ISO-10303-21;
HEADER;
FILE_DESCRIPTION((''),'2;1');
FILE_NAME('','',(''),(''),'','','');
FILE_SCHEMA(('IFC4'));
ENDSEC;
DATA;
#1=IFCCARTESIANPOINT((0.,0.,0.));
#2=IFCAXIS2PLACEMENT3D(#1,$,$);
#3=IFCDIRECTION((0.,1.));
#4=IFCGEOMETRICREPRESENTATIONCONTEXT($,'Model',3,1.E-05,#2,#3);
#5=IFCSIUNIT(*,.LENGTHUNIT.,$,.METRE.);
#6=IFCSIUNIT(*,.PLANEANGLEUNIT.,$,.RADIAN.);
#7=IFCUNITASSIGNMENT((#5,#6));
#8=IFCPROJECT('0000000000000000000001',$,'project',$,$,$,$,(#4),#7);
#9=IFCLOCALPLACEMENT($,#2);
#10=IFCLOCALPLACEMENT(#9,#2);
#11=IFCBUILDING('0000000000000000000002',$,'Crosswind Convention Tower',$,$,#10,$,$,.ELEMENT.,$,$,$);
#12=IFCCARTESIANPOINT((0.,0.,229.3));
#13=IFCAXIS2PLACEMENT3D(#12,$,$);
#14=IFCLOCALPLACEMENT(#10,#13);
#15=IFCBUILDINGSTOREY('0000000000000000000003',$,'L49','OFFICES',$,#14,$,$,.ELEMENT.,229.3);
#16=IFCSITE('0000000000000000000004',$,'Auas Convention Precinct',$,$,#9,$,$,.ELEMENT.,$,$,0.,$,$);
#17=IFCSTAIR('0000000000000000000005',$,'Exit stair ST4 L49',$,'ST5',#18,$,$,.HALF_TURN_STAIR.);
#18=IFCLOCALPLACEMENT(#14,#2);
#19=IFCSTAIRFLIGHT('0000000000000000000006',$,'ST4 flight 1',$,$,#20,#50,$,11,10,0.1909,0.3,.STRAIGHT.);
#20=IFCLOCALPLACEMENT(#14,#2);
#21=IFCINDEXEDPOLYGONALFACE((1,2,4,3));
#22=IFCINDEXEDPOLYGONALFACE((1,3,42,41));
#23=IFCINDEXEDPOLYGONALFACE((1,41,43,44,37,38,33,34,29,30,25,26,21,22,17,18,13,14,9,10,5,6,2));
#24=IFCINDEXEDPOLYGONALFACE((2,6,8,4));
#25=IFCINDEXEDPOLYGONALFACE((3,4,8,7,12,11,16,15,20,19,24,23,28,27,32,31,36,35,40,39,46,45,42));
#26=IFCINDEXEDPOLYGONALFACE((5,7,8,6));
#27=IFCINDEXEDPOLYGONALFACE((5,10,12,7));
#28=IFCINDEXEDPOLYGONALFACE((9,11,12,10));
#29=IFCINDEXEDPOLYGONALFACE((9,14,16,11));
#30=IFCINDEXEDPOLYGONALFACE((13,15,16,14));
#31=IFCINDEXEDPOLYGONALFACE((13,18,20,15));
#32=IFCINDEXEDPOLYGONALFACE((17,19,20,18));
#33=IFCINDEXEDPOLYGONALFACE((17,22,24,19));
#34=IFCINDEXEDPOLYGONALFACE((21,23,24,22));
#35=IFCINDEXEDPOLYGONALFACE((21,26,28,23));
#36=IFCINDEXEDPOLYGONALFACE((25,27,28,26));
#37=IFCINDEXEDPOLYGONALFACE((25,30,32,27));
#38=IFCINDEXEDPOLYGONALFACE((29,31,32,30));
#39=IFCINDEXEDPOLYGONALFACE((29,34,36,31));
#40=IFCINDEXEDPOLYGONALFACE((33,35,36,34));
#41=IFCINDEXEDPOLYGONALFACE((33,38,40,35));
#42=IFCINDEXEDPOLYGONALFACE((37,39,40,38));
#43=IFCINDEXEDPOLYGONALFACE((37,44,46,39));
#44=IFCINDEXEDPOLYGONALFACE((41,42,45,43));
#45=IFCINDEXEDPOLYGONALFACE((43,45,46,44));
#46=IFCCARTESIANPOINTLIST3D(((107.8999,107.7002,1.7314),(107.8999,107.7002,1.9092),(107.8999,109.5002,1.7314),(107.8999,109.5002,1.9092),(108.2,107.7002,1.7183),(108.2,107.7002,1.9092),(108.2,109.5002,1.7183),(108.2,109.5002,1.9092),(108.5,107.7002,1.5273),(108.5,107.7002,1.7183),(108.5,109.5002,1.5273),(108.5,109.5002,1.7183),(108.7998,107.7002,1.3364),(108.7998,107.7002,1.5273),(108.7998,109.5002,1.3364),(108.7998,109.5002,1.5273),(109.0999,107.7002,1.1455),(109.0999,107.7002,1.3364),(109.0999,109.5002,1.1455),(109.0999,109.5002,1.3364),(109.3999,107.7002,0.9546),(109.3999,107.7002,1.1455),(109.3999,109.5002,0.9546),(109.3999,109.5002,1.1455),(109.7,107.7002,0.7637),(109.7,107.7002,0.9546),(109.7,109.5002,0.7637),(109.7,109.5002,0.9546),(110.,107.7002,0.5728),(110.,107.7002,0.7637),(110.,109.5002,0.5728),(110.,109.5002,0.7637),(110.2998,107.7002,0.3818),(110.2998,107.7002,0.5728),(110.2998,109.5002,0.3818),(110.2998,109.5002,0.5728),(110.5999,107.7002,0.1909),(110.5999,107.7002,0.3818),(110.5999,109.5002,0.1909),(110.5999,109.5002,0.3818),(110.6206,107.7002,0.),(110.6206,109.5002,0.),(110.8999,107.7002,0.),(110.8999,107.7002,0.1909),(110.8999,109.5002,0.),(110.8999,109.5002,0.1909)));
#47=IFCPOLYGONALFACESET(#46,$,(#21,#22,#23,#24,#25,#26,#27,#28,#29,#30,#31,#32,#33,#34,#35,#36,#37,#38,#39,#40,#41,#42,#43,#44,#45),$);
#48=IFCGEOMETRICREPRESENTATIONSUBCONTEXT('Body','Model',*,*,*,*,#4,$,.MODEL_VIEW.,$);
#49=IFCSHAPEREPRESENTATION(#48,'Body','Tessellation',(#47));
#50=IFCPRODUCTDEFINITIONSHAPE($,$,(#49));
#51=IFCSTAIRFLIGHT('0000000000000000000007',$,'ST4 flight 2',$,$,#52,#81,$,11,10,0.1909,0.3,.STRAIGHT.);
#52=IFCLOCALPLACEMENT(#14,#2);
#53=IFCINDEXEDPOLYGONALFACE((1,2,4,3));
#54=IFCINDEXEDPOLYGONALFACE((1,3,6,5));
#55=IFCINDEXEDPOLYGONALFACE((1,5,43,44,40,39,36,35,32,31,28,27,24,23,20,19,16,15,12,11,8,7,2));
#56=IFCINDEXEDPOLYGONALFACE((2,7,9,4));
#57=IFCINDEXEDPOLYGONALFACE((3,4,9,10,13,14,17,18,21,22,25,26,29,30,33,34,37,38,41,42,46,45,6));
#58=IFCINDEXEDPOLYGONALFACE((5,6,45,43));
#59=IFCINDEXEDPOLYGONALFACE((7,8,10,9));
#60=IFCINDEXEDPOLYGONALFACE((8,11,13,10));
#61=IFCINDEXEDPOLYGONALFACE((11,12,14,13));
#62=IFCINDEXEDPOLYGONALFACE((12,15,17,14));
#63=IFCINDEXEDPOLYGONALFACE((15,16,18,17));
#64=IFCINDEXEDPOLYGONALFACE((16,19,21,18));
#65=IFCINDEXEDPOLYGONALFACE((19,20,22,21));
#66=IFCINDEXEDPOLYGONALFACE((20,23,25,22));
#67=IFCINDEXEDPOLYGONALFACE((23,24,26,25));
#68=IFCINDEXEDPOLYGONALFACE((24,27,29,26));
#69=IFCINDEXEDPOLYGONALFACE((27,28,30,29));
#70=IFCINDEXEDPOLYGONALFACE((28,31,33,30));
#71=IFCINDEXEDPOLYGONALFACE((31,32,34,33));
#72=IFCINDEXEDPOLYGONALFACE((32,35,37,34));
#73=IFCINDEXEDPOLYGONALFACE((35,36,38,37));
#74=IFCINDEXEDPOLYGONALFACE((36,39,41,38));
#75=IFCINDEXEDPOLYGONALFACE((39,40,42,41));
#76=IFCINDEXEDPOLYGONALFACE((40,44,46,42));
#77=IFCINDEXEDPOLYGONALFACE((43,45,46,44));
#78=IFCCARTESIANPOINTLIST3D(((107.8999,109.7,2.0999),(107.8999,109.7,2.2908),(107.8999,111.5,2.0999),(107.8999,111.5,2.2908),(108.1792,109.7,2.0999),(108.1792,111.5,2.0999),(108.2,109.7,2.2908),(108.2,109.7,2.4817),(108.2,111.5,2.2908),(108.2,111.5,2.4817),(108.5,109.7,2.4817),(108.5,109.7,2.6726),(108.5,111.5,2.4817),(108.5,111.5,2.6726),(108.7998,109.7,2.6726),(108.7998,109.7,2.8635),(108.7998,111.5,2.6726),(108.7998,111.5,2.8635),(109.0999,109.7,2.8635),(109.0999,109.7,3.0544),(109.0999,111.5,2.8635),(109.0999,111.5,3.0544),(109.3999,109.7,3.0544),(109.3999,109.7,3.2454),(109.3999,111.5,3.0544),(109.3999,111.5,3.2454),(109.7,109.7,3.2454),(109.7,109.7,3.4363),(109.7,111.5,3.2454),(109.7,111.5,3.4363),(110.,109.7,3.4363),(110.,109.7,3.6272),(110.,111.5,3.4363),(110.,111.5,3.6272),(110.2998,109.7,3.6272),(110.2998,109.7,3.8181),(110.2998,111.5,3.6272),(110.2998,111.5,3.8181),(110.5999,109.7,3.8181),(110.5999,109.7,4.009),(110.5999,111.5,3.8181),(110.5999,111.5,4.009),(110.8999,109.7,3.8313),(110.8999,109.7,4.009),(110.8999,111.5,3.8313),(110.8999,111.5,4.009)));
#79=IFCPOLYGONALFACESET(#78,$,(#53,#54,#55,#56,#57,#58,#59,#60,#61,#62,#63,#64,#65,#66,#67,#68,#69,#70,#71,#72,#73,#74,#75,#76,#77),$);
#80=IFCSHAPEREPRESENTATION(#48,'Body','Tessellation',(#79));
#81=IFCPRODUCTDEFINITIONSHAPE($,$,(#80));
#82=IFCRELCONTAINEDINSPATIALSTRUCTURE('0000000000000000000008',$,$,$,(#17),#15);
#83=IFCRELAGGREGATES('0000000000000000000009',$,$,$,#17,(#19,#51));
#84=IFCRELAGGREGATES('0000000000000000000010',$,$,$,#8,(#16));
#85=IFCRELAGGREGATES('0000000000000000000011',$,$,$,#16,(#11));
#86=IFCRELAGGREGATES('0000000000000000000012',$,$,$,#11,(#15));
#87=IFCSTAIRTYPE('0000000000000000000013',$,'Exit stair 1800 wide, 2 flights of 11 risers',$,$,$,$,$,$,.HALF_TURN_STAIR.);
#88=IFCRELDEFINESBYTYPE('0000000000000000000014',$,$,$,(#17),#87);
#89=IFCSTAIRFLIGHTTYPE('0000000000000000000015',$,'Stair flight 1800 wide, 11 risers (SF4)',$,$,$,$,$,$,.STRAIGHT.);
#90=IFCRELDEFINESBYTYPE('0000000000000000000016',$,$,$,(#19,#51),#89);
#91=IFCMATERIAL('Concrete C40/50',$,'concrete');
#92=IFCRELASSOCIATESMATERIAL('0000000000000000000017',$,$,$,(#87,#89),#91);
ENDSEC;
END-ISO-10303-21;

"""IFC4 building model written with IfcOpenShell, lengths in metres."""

from ifc_helpers import new_model, si_unit, direction, frame, origin, place, context, subcontext, project, spatial, polyline, outline, extrude, material, type_object, element, aggregate, save


model = new_model("IFC4")

# Units and contexts
model_context = context("Model", 3, precision=1e-05, world=origin(), true_north=direction((0.0, 1.0)))
body_context = subcontext(model_context, "Body", "Model", "MODEL_VIEW")
ifc_project = project(units=[si_unit("LENGTHUNIT", "METRE"), si_unit("PLANEANGLEUNIT", "RADIAN")], contexts=[model_context])

# Site, building, storey
site_placement = place(None, origin())
site = spatial("IfcSite", under=ifc_project, at=site_placement, Name="Auas Convention Precinct", CompositionType="ELEMENT", RefElevation=0.0)
building_placement = place(site_placement, origin())
building = spatial("IfcBuilding", under=site, at=building_placement, Name="Crosswind Convention Tower", CompositionType="ELEMENT")
storey_placement = place(building_placement, frame((0.0, 0.0, 229.3)))
storey = spatial("IfcBuildingStorey", under=building, at=storey_placement, Name="L49", Description="OFFICES", CompositionType="ELEMENT", Elevation=229.3)

# Stair, stair flights
ifc_material_1 = material(Name="Concrete C40/50", Category="concrete")
stair_type = type_object("IfcStairType", Name="Exit stair 1800 wide, 2 flights of 11 risers", PredefinedType="HALF_TURN_STAIR", material=ifc_material_1)
stair_placement = place(storey_placement, origin())
stair = element("IfcStair", 1, at=stair_placement, inside=storey, type_object=stair_type, Name="Exit stair ST4 L49", ObjectType="ST5", PredefinedType="HALF_TURN_STAIR")
stair_flight_type = type_object("IfcStairFlightType", Name="Stair flight 1800 wide, 11 risers (SF4)", PredefinedType="STRAIGHT", material=ifc_material_1)
stair_flight_1_placement = place(storey_placement, frame((110.8999, 108.6001, 0.0), z_axis=(0.0, 0.0, 1.0), x_axis=(-1.0, 0.0, 0.0)))
stair_flight_1 = element("IfcStairFlight", 2, at=stair_flight_1_placement, type_object=stair_flight_type, Name="ST4 flight 1", NumberOfRisers=11, NumberOfTreads=10, PredefinedType="STRAIGHT", RiserHeight=0.1909, TreadLength=0.3, context=body_context, shape_type="SweptSolid", body=[
    extrude(outline(polyline([(0.0, 0.0), (0.0, 0.1909), (0.3, 0.1909), (0.3, 0.3818), (0.6001, 0.3818), (0.6001, 0.5728), (0.8999, 0.5728), (0.8999, 0.7637), (1.2, 0.7637), (1.2, 0.9546), (1.5, 0.9546), (1.5, 1.1455), (1.8, 1.1455), (1.8, 1.3364), (2.1001, 1.3364), (2.1001, 1.5273), (2.3999, 1.5273), (2.3999, 1.7183), (2.7, 1.7183), (2.7, 1.9092), (3.0, 1.9092), (3.0, 2.1001), (3.0, 1.7314), (0.2793, 0.0), (0.0, 0.0)])), frame((0.0, 0.8999, 0.0), z_axis=(0.0, -1.0, 0.0), x_axis=(1.0, 0.0, 0.0)), (0.0, 0.0, 1.0), 1.8),
])
stair_flight_2_placement = place(storey_placement, frame((107.8999, 110.6001, 2.0999), z_axis=(0.0, 0.0, 1.0), x_axis=(1.0, 0.0, 0.0)))
stair_flight_2 = element("IfcStairFlight", 3, at=stair_flight_2_placement, type_object=stair_flight_type, Name="ST4 flight 2", NumberOfRisers=11, NumberOfTreads=10, PredefinedType="STRAIGHT", RiserHeight=0.1909, TreadLength=0.3, context=body_context, shape_type="SweptSolid", body=[
    extrude(outline(polyline([(0.0, 0.0), (0.0, 0.1909), (0.3, 0.1909), (0.3, 0.3818), (0.6001, 0.3818), (0.6001, 0.5728), (0.8999, 0.5728), (0.8999, 0.7637), (1.2, 0.7637), (1.2, 0.9546), (1.5, 0.9546), (1.5, 1.1455), (1.8, 1.1455), (1.8, 1.3364), (2.1001, 1.3364), (2.1001, 1.5273), (2.3999, 1.5273), (2.3999, 1.7183), (2.7, 1.7183), (2.7, 1.9092), (3.0, 1.9092), (3.0, 2.1001), (3.0, 1.7314), (0.2793, 0.0), (0.0, 0.0)])), frame((0.0, 0.8999, 0.0), z_axis=(0.0, -1.0, 0.0), x_axis=(1.0, 0.0, 0.0)), (0.0, 0.0, 1.0), 1.8),
])
aggregate(stair, [stair_flight_1, stair_flight_2])

save(model, "model.ifc")
